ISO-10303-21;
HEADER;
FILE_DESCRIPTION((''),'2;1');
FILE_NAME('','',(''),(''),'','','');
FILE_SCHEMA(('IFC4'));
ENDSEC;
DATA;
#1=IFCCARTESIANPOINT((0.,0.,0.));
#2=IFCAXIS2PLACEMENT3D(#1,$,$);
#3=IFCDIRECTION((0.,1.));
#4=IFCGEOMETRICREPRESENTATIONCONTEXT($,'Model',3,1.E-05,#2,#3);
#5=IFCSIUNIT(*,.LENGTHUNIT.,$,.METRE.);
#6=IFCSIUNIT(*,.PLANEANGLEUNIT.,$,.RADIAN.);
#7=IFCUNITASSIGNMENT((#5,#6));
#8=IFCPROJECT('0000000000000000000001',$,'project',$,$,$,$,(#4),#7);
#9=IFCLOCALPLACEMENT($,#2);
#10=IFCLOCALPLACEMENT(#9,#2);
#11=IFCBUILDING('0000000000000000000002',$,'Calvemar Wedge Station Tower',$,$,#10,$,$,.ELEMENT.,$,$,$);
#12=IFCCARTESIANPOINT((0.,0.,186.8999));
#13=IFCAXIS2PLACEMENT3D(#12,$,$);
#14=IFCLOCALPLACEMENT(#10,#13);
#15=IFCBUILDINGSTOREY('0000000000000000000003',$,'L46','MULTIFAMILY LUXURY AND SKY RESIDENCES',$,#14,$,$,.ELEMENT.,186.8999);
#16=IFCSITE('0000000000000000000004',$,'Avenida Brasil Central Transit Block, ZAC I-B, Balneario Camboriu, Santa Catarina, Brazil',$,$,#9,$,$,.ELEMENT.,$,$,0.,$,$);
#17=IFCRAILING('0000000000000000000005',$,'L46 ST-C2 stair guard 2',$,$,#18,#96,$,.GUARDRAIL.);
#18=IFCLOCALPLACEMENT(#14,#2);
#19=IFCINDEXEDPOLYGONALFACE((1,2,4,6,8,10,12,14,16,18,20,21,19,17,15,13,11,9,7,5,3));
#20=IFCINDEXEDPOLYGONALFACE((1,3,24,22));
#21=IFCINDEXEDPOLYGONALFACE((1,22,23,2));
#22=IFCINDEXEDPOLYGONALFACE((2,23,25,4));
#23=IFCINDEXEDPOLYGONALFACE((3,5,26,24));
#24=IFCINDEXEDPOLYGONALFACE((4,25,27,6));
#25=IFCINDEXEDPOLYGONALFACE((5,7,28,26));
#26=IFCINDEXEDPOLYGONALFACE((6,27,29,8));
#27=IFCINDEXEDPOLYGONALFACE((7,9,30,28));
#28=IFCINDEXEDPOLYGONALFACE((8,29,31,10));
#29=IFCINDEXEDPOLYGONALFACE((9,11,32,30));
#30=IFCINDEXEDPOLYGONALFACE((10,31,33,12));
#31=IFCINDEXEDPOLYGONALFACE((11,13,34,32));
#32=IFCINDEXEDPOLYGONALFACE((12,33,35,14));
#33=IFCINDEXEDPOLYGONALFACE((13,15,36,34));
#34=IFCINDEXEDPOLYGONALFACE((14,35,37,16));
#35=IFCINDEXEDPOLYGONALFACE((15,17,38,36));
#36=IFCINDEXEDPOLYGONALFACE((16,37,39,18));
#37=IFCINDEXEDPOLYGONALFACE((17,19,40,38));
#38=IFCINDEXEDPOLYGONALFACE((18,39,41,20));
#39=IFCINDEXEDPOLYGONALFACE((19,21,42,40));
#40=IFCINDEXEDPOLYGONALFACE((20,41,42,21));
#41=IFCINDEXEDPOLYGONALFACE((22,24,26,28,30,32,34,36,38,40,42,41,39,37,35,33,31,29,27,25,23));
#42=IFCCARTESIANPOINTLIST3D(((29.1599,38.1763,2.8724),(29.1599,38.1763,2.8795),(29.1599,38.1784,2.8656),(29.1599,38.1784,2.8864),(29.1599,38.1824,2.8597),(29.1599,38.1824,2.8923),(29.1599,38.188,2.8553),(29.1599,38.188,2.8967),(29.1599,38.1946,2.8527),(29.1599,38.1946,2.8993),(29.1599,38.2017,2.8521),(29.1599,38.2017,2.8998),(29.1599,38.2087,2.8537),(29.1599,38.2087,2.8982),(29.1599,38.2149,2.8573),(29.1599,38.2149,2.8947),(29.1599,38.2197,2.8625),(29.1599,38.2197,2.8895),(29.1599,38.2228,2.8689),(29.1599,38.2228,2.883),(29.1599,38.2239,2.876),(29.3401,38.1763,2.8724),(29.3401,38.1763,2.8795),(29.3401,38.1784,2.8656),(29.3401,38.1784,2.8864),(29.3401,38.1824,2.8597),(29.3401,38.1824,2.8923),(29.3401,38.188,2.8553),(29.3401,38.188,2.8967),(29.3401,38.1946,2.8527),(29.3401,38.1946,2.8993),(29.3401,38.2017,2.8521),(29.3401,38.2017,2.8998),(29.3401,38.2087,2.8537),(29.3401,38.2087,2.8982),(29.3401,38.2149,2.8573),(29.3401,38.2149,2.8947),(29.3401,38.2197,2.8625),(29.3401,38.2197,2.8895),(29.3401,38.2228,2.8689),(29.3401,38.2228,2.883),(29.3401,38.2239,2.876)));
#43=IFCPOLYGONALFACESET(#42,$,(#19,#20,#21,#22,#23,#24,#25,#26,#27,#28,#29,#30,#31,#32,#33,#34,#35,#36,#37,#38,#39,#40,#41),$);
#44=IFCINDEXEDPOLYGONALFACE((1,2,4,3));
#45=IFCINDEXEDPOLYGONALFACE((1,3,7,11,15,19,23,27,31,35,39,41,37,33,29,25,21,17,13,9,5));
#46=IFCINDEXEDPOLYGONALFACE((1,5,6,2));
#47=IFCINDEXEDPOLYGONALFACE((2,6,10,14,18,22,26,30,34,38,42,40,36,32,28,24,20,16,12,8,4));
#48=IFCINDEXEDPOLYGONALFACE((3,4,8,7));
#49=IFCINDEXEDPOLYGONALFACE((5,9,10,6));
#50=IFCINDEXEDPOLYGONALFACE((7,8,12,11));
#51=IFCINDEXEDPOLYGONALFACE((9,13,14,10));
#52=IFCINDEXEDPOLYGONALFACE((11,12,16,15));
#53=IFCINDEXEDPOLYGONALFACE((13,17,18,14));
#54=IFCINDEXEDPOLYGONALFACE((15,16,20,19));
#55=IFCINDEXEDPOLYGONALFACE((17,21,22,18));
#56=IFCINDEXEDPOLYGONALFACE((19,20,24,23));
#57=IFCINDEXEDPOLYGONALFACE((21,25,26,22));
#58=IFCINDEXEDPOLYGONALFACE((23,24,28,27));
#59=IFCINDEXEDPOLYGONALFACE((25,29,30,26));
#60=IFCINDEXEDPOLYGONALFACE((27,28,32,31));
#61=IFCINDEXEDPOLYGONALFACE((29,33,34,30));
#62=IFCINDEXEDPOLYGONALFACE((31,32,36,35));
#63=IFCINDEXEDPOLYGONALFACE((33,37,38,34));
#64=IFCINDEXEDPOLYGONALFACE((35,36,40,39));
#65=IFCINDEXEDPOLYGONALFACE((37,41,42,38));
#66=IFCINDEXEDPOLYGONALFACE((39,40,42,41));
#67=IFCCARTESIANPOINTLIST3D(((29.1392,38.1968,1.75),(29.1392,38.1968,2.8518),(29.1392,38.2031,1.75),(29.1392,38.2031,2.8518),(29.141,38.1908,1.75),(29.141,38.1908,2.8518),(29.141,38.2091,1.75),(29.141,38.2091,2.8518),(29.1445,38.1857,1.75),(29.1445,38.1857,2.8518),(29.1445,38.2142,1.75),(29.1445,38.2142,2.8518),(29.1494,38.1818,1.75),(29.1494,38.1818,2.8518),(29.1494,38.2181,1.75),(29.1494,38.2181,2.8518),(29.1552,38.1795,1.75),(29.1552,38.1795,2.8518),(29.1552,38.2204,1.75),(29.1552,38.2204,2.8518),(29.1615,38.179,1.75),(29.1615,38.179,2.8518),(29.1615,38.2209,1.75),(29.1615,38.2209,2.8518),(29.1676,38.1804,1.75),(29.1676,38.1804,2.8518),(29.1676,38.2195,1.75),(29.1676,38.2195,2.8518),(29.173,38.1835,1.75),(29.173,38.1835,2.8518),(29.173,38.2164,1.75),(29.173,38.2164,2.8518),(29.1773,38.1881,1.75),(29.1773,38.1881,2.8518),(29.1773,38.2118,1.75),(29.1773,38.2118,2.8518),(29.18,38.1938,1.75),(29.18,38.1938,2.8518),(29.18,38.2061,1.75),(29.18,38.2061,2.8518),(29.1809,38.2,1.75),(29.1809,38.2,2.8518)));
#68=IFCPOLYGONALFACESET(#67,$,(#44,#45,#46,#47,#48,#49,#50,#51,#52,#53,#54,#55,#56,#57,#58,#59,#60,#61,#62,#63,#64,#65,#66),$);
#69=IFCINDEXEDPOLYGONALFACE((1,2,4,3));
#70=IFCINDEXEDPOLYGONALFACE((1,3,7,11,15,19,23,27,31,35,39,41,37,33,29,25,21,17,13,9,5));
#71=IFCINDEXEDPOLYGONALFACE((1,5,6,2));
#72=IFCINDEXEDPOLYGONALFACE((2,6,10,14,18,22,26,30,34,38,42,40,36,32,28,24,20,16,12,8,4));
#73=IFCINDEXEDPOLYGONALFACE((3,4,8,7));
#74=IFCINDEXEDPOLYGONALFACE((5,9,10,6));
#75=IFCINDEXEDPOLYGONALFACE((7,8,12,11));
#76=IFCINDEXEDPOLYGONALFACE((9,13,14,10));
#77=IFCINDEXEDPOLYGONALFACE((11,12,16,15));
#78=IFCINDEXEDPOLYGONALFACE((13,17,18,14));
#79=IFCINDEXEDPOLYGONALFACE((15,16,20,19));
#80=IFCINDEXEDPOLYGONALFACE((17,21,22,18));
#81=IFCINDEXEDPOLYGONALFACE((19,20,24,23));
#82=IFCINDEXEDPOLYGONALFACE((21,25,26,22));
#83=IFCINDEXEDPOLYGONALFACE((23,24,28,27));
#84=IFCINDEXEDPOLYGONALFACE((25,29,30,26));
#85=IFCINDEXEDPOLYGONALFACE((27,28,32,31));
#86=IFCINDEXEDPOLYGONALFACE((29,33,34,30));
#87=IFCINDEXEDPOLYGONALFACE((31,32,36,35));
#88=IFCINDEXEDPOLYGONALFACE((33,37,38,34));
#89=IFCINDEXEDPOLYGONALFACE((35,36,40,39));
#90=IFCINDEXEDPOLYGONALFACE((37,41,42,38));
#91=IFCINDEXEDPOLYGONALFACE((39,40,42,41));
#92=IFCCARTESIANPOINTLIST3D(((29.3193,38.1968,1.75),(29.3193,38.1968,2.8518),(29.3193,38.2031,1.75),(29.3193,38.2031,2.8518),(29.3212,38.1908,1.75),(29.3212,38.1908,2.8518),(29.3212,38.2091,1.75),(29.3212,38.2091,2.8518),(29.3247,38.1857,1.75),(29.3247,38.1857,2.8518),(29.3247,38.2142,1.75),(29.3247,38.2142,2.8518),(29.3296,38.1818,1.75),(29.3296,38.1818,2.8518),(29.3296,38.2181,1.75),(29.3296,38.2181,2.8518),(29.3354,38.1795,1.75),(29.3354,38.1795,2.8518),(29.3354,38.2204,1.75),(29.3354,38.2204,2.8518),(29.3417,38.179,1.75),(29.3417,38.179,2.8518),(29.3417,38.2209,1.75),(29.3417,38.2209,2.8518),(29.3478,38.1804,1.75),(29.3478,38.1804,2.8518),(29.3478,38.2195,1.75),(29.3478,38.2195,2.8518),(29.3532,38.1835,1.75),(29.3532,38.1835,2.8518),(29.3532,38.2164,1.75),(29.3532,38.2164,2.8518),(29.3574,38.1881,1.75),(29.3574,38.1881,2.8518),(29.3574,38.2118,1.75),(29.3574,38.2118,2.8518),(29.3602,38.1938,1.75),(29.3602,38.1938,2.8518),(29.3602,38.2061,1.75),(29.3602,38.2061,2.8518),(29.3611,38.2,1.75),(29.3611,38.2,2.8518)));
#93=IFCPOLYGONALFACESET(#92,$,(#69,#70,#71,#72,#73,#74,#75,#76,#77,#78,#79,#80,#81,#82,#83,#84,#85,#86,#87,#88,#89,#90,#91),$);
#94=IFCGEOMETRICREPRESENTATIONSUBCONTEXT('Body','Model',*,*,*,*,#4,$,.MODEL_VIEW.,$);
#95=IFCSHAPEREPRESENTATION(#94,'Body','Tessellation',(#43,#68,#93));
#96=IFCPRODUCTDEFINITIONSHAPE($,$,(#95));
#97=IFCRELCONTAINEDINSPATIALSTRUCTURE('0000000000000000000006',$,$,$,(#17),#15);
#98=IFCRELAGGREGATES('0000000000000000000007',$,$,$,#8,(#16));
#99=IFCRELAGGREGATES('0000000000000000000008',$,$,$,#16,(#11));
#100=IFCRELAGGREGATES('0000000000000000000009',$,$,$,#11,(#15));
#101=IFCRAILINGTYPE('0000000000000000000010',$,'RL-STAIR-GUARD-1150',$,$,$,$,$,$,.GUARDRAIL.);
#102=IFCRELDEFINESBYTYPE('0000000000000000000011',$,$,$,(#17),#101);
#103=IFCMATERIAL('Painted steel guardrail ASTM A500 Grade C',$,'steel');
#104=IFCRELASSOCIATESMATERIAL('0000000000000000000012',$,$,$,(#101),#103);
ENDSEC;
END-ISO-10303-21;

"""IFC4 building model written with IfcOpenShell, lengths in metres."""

from ifc_helpers import new_model, si_unit, direction, frame, origin, origin_2d, place, context, subcontext, project, spatial, circle, extrude, material, type_object, element, save


model = new_model("IFC4")

# Units and contexts
model_context = context("Model", 3, precision=1e-05, world=origin(), true_north=direction((0.0, 1.0)))
body_context = subcontext(model_context, "Body", "Model", "MODEL_VIEW")
ifc_project = project(units=[si_unit("LENGTHUNIT", "METRE"), si_unit("PLANEANGLEUNIT", "RADIAN")], contexts=[model_context])

# Site, building, storey
site_placement = place(None, origin())
site = spatial("IfcSite", under=ifc_project, at=site_placement, Name="Avenida Brasil Central Transit Block, ZAC I-B, Balneario Camboriu, Santa Catarina, Brazil", CompositionType="ELEMENT", RefElevation=0.0)
building_placement = place(site_placement, origin())
building = spatial("IfcBuilding", under=site, at=building_placement, Name="Calvemar Wedge Station Tower", CompositionType="ELEMENT")
storey_placement = place(building_placement, frame((0.0, 0.0, 186.8999)))
storey = spatial("IfcBuildingStorey", under=building, at=storey_placement, Name="L46", Description="MULTIFAMILY LUXURY AND SKY RESIDENCES", CompositionType="ELEMENT", Elevation=186.8999)

# Railing
ifc_material_1 = material(Name="Painted steel guardrail ASTM A500 Grade C", Category="steel")
railing_type_1 = type_object("IfcRailingType", Name="RL-STAIR-GUARD-1150", PredefinedType="GUARDRAIL", material=ifc_material_1)
railing_1_placement = place(storey_placement, frame((29.1599, 38.2, 1.75)))
element("IfcRailing", 1, at=railing_1_placement, inside=storey, type_object=railing_type_1, Name="L46 ST-C2 stair guard 2", PredefinedType="GUARDRAIL", context=body_context, shape_type="SweptSolid", body=[
    extrude(circle(Radius=0.0239, at=origin_2d()), frame((0.0, 0.0, 1.126), z_axis=(1.0, 0.0, 0.0), x_axis=(0.0, 1.0, 0.0)), (0.0, 0.0, 1.0), 0.1802),
    extrude(circle(Radius=0.021, at=origin_2d()), origin(), (0.0, 0.0, 1.0), 1.1018),
    extrude(circle(Radius=0.021, at=origin_2d()), frame((0.1802, 0.0, 0.0)), (0.0, 0.0, 1.0), 1.1018),
])

save(model, "model.ifc")
